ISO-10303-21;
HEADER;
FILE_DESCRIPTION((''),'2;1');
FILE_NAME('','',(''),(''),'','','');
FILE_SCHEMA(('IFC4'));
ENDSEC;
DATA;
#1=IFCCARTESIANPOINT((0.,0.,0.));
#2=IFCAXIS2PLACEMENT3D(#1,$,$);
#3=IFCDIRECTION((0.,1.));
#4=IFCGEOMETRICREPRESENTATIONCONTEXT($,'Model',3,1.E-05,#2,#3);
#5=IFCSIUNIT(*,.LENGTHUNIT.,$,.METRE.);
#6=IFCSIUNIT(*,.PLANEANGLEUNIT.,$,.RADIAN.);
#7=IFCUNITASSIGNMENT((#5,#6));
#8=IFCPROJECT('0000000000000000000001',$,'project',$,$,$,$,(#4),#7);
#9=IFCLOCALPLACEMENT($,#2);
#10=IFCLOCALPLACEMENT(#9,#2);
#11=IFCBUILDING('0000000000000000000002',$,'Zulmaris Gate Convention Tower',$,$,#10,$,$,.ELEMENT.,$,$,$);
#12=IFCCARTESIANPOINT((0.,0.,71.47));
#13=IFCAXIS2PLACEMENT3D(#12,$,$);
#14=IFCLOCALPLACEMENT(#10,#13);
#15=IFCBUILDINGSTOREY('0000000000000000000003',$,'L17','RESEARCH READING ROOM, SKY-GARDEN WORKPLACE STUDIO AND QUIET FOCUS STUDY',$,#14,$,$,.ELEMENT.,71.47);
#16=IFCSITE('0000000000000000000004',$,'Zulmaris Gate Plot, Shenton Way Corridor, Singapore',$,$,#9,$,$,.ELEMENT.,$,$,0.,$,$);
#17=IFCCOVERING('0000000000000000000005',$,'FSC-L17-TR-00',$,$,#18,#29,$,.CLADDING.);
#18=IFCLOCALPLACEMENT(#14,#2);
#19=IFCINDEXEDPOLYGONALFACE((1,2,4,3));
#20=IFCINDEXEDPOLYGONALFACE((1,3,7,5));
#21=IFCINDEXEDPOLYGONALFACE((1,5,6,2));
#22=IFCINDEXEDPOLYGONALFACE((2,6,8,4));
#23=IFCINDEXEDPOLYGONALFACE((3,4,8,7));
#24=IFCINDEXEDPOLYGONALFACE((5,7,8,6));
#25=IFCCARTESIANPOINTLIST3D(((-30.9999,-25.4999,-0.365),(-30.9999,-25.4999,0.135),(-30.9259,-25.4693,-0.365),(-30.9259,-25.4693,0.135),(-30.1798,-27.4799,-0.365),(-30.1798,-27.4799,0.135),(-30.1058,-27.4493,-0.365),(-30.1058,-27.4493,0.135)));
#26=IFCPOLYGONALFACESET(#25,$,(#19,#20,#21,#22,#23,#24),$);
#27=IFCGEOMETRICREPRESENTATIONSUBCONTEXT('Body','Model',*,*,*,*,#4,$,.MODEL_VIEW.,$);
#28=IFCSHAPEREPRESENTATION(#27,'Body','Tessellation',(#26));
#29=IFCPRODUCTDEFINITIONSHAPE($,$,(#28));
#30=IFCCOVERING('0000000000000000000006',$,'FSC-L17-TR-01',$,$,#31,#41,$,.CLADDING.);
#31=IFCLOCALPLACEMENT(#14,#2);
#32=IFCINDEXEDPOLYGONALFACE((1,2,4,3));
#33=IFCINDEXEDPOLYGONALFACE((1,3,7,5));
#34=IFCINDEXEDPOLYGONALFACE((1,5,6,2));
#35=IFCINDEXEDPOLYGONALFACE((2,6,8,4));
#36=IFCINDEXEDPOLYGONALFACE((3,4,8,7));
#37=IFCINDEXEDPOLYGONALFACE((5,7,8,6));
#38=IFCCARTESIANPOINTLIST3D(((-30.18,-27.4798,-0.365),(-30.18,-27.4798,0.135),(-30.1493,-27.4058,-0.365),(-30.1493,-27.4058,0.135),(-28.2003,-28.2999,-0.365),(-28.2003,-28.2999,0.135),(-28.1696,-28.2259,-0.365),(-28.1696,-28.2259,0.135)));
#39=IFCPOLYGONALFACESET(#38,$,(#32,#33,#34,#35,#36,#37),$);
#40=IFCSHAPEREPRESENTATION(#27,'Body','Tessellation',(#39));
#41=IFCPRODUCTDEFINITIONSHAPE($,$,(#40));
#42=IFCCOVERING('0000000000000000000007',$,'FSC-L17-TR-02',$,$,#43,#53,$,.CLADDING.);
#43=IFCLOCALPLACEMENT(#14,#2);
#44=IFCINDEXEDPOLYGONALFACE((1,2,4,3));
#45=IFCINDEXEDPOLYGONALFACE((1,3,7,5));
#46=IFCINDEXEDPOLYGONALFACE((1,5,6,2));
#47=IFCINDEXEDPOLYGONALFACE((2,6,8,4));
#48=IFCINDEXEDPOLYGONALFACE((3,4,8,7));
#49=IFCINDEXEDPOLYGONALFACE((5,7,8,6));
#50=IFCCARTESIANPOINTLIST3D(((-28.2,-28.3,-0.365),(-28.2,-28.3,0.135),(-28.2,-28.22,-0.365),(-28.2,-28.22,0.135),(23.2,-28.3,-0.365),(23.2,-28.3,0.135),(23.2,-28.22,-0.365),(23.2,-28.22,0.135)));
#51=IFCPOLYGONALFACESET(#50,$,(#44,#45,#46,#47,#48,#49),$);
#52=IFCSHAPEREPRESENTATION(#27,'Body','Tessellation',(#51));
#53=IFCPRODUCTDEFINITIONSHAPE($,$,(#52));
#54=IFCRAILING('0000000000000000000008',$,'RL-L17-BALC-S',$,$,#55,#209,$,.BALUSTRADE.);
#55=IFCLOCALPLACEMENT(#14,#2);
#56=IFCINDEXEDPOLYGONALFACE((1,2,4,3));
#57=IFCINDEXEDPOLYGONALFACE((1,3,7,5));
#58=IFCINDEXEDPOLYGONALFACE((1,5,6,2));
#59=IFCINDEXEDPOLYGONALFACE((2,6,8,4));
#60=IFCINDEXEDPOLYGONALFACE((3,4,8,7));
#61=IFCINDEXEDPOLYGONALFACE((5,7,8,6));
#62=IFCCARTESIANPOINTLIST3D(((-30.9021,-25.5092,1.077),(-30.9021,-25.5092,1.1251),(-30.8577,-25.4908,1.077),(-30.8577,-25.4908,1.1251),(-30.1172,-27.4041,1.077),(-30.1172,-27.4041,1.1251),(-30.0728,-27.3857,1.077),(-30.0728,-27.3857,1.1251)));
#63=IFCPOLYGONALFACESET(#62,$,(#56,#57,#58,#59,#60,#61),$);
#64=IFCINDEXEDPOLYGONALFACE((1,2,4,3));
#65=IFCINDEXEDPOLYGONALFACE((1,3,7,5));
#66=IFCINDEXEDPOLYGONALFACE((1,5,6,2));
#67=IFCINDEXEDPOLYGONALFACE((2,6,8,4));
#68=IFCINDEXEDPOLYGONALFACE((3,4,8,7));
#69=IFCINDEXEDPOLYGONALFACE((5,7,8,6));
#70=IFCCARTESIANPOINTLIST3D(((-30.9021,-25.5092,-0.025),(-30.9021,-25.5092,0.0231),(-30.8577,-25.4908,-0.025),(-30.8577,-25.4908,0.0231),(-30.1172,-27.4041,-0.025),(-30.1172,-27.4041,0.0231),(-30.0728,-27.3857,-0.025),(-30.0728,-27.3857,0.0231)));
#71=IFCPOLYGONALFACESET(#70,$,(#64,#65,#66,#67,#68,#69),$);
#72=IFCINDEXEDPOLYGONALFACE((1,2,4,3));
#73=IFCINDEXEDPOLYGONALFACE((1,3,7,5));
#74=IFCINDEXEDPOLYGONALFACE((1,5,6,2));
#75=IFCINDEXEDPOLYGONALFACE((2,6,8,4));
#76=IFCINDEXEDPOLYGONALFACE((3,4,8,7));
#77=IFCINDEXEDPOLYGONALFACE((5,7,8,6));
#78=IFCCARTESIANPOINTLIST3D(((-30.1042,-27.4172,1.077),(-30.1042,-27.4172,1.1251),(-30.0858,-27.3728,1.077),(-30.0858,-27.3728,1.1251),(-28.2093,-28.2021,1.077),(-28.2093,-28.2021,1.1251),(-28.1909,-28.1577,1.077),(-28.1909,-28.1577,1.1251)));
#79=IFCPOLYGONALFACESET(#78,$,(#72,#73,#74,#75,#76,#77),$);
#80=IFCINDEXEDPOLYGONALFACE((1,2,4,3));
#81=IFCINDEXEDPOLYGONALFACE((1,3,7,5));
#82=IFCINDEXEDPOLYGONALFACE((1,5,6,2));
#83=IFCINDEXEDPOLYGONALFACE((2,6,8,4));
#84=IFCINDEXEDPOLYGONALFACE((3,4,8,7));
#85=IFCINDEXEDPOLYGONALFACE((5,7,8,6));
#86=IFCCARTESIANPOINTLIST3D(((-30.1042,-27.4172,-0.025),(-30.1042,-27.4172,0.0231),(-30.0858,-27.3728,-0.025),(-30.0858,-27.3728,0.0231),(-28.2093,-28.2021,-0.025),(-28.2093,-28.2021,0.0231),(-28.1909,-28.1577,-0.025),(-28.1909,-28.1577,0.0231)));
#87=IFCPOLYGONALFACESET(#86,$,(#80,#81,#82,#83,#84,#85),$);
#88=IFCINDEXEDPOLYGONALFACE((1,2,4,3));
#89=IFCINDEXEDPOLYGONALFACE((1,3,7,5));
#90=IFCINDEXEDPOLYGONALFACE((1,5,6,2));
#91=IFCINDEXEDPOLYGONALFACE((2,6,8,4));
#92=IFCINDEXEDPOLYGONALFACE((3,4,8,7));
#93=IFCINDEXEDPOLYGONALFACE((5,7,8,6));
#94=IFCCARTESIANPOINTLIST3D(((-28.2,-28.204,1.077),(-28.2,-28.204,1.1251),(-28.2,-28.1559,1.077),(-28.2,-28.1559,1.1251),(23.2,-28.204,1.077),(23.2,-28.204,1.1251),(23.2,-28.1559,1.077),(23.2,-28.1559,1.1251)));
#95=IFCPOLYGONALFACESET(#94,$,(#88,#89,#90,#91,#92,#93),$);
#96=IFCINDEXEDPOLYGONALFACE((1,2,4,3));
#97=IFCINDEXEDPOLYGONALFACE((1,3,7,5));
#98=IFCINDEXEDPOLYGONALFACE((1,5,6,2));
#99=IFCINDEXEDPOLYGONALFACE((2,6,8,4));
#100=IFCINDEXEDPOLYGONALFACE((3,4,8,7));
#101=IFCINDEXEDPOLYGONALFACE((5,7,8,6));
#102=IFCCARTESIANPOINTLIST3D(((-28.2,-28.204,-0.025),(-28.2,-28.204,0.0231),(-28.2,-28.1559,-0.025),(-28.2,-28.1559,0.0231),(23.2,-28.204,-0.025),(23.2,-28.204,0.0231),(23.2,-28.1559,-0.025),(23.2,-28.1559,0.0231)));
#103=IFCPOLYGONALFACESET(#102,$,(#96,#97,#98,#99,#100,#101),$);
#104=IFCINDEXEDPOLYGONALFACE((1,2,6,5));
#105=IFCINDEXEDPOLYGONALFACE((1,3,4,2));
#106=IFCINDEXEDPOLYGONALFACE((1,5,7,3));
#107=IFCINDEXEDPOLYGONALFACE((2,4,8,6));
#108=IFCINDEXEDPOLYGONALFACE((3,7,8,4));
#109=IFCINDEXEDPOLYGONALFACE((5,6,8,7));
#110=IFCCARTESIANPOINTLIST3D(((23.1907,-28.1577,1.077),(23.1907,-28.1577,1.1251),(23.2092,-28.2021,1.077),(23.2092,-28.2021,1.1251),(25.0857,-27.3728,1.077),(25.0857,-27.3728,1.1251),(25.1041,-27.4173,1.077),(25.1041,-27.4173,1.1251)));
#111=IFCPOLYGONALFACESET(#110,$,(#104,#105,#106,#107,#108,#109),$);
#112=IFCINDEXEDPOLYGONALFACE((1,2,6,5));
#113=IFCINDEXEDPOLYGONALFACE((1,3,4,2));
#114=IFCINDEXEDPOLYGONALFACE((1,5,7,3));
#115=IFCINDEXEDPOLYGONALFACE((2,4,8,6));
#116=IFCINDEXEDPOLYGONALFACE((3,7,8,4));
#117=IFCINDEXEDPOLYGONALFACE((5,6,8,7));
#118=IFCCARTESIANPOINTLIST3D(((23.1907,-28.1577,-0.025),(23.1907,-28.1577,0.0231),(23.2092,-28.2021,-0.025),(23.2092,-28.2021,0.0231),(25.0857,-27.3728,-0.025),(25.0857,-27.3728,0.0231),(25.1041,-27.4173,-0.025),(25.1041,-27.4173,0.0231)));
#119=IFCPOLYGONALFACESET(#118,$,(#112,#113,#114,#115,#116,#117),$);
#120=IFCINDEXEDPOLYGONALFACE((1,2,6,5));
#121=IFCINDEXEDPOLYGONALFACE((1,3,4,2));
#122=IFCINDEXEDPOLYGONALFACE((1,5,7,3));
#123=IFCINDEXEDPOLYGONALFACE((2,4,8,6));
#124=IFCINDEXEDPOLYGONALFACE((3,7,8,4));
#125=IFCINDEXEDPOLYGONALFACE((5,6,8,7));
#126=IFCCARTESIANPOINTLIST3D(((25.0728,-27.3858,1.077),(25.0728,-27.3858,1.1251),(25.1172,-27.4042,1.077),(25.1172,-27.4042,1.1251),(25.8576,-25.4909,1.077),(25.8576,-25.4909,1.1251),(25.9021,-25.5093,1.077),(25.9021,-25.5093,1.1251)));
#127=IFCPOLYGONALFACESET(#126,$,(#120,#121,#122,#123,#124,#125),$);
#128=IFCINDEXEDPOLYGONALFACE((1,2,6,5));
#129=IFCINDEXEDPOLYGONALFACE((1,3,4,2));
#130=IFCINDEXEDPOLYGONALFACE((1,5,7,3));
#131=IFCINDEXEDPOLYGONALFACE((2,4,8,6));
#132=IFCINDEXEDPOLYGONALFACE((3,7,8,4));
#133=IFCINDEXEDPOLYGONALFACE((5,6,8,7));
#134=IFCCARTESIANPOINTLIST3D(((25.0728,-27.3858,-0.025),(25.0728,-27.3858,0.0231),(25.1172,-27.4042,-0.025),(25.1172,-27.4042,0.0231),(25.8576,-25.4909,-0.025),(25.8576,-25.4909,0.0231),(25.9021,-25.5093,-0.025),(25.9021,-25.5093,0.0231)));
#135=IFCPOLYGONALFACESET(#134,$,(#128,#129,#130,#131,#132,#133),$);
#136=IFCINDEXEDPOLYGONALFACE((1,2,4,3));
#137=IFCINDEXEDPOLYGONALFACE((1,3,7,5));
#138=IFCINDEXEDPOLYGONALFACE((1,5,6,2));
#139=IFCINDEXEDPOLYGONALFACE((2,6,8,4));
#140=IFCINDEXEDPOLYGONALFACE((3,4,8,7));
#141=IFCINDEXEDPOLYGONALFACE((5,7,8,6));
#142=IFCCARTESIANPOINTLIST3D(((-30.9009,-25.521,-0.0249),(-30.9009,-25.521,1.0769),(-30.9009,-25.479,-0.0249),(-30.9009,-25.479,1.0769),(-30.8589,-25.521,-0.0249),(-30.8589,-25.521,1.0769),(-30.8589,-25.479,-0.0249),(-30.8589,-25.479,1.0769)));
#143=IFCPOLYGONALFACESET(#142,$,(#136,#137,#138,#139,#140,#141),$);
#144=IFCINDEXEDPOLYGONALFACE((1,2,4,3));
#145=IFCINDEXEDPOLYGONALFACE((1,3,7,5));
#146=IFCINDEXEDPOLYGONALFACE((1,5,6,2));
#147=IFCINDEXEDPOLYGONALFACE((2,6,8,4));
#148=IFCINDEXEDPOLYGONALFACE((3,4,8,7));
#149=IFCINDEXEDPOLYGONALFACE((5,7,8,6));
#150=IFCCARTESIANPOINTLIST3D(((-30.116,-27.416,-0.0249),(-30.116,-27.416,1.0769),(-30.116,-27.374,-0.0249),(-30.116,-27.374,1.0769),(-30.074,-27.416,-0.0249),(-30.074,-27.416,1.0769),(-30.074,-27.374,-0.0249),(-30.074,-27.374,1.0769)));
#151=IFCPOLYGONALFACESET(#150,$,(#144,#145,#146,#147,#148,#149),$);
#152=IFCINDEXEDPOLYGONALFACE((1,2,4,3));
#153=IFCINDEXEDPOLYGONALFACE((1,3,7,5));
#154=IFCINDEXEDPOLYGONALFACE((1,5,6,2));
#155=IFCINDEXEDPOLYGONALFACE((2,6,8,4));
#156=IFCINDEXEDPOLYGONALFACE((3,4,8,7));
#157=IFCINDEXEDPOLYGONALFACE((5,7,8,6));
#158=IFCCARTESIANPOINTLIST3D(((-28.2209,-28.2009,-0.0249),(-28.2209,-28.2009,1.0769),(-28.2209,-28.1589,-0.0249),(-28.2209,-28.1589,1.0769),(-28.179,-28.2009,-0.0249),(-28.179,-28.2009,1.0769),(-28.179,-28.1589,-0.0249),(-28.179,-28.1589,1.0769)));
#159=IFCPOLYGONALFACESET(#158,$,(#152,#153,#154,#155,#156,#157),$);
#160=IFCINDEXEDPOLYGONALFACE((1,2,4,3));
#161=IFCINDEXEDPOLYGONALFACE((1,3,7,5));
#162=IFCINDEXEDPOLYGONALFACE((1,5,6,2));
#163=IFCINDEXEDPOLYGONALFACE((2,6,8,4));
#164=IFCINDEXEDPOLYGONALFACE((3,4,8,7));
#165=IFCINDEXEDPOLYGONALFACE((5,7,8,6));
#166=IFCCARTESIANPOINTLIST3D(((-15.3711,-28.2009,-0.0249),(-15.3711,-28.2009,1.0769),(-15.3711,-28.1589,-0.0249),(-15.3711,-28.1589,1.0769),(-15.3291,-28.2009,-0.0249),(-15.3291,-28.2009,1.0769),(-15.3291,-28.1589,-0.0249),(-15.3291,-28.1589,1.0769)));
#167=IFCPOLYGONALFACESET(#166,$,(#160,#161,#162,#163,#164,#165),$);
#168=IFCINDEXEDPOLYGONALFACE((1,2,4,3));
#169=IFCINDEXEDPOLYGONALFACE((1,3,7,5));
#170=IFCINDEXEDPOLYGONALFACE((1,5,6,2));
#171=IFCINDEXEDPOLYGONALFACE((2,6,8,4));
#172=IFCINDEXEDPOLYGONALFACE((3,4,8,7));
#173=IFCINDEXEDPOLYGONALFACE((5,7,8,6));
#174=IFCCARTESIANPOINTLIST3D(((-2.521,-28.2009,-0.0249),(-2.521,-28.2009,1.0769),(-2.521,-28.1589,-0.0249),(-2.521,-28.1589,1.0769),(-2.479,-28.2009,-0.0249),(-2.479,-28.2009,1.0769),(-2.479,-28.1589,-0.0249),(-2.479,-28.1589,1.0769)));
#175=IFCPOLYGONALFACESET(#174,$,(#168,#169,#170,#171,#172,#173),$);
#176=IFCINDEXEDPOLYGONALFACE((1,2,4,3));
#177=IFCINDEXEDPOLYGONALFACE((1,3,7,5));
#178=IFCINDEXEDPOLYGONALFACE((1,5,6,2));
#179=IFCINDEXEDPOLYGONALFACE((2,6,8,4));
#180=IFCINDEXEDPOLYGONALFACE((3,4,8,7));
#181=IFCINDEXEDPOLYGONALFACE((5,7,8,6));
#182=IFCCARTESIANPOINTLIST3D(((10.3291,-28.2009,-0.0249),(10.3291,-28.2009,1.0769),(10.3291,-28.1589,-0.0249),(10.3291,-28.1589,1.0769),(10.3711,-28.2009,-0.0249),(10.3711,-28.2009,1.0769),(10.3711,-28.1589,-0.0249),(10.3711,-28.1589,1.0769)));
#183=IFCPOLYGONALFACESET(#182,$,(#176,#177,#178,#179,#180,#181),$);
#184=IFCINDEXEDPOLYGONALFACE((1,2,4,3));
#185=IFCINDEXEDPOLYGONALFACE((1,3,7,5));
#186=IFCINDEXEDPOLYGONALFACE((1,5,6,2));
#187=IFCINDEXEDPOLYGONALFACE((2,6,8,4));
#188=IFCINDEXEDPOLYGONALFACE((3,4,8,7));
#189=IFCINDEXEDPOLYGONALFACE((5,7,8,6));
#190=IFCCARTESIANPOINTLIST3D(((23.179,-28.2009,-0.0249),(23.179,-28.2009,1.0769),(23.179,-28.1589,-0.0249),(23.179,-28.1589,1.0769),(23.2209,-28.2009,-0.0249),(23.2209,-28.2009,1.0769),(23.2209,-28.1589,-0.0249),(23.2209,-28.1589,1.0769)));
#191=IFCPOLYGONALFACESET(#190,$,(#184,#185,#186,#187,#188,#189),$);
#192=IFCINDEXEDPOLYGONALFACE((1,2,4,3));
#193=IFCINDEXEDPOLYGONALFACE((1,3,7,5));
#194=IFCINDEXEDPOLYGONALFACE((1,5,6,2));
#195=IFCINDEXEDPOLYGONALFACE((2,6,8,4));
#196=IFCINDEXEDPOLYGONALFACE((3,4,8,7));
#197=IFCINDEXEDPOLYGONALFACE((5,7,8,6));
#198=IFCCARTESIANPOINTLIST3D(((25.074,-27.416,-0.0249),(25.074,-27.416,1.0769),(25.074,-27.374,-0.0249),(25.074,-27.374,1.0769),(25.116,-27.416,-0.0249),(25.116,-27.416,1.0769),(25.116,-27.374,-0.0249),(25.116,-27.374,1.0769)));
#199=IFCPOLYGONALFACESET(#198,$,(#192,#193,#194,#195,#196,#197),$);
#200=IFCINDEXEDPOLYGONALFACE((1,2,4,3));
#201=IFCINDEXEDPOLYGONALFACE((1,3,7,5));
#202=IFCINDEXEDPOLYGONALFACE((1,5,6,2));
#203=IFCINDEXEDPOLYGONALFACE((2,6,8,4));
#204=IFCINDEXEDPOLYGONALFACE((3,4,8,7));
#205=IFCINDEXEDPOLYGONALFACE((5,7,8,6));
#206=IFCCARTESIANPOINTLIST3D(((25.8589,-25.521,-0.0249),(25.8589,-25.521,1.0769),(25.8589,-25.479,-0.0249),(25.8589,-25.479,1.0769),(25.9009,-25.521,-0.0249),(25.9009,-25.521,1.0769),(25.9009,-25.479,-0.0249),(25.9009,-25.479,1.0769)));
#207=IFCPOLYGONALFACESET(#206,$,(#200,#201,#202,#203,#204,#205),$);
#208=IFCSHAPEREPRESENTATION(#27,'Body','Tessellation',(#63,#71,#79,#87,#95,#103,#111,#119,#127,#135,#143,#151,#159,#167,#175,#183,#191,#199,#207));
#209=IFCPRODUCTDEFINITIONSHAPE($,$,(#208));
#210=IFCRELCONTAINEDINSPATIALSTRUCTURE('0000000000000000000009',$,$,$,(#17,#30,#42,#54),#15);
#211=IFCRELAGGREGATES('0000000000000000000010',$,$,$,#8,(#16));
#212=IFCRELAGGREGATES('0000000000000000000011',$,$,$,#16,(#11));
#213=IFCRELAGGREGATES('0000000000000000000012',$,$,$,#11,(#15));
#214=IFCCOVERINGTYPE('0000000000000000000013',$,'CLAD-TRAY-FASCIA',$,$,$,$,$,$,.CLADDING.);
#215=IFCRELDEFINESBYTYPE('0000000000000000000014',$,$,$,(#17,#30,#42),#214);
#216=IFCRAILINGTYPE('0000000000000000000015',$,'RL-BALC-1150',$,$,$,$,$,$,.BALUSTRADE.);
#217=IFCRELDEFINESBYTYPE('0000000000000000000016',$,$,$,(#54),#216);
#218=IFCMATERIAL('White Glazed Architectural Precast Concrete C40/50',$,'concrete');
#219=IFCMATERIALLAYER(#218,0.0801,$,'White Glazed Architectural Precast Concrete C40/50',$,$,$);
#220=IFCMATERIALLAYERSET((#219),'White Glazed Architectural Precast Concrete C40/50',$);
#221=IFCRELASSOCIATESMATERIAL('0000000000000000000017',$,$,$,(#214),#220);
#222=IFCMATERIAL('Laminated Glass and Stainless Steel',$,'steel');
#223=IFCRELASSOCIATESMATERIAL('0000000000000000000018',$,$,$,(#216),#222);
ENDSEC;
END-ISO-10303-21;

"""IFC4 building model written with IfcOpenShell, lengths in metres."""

from ifc_helpers import new_model, si_unit, direction, frame, frame_2d, origin, origin_2d, place, context, subcontext, project, spatial, rectangle, extrude, material, layer, layer_set, type_object, element, save


model = new_model("IFC4")

# Units and contexts
model_context = context("Model", 3, precision=1e-05, world=origin(), true_north=direction((0.0, 1.0)))
body_context = subcontext(model_context, "Body", "Model", "MODEL_VIEW")
ifc_project = project(units=[si_unit("LENGTHUNIT", "METRE"), si_unit("PLANEANGLEUNIT", "RADIAN")], contexts=[model_context])

# Site, building, storey
site_placement = place(None, origin())
site = spatial("IfcSite", under=ifc_project, at=site_placement, Name="Zulmaris Gate Plot, Shenton Way Corridor, Singapore", CompositionType="ELEMENT", RefElevation=0.0)
building_placement = place(site_placement, origin())
building = spatial("IfcBuilding", under=site, at=building_placement, Name="Zulmaris Gate Convention Tower", CompositionType="ELEMENT")
storey_placement = place(building_placement, frame((0.0, 0.0, 71.47)))
storey = spatial("IfcBuildingStorey", under=building, at=storey_placement, Name="L17", Description="RESEARCH READING ROOM, SKY-GARDEN WORKPLACE STUDIO AND QUIET FOCUS STUDY", CompositionType="ELEMENT", Elevation=71.47)

# Coverings
ifc_material_1 = material(Name="White Glazed Architectural Precast Concrete C40/50", Category="concrete")
ifc_layer_1 = layer(ifc_material_1, 0.0801, Name="White Glazed Architectural Precast Concrete C40/50")
ifc_layer_set_1 = layer_set([ifc_layer_1], Name="White Glazed Architectural Precast Concrete C40/50")
covering_type_1 = type_object("IfcCoveringType", Name="CLAD-TRAY-FASCIA", PredefinedType="CLADDING", material=ifc_layer_set_1)
covering_1_placement = place(storey_placement, frame((-30.9629, -25.4846, -0.365), z_axis=(0.0, 0.0, 1.0), x_axis=(0.382657, -0.92389, 0.0)))
element("IfcCovering", 1, at=covering_1_placement, inside=storey, type_object=covering_type_1, Name="FSC-L17-TR-00", PredefinedType="CLADDING", context=body_context, shape_type="SweptSolid", body=[
    extrude(rectangle(XDim=2.1431, YDim=0.0801, at=frame_2d((1.0715, 0.0))), origin(), (0.0, 0.0, 1.0), 0.5),
])
covering_2_placement = place(storey_placement, frame((-30.1646, -27.4429, -0.365), z_axis=(0.0, 0.0, 1.0), x_axis=(0.923874, -0.382697, 0.0)))
element("IfcCovering", 2, at=covering_2_placement, inside=storey, type_object=covering_type_1, Name="FSC-L17-TR-01", PredefinedType="CLADDING", context=body_context, shape_type="SweptSolid", body=[
    extrude(rectangle(XDim=2.1428, YDim=0.0801, at=frame_2d((1.0713, 0.0))), origin(), (0.0, 0.0, 1.0), 0.5),
])
covering_3_placement = place(storey_placement, frame((-28.2, -28.26, -0.365), z_axis=(0.0, 0.0, 1.0), x_axis=(1.0, 0.0, 0.0)))
element("IfcCovering", 3, at=covering_3_placement, inside=storey, type_object=covering_type_1, Name="FSC-L17-TR-02", PredefinedType="CLADDING", context=body_context, shape_type="SweptSolid", body=[
    extrude(rectangle(XDim=51.3999, YDim=0.0801, at=frame_2d((25.7, 0.0))), origin(), (0.0, 0.0, 1.0), 0.5),
])

# Railing
ifc_material_2 = material(Name="Laminated Glass and Stainless Steel", Category="steel")
railing_type = type_object("IfcRailingType", Name="RL-BALC-1150", PredefinedType="BALUSTRADE", material=ifc_material_2)
railing_placement = place(storey_placement, frame((-30.8799, -25.5, -0.0249)))
element("IfcRailing", 4, at=railing_placement, inside=storey, type_object=railing_type, Name="RL-L17-BALC-S", PredefinedType="BALUSTRADE", context=body_context, shape_type="SweptSolid", body=[
    extrude(rectangle(XDim=0.0481, YDim=0.0481, at=origin_2d()), frame((0.0, 0.0, 1.126), z_axis=(0.382671, -0.923885, 0.0), x_axis=(0.923885, 0.382671, 0.0)), (0.0, 0.0, 1.0), 2.051),
    extrude(rectangle(XDim=0.0481, YDim=0.0481, at=origin_2d()), frame((0.0, 0.0, 0.0239), z_axis=(0.382671, -0.923885, 0.0), x_axis=(0.923885, 0.382671, 0.0)), (0.0, 0.0, 1.0), 2.051),
    extrude(rectangle(XDim=0.0481, YDim=0.0481, at=origin_2d()), frame((0.7849, -1.895, 1.126), z_axis=(0.923885, -0.382671, 0.0), x_axis=(0.382671, 0.923885, 0.0)), (0.0, 0.0, 1.0), 2.051),
    extrude(rectangle(XDim=0.0481, YDim=0.0481, at=origin_2d()), frame((0.7849, -1.895, 0.0239), z_axis=(0.923885, -0.382671, 0.0), x_axis=(0.382671, 0.923885, 0.0)), (0.0, 0.0, 1.0), 2.051),
    extrude(rectangle(XDim=0.0481, YDim=0.0481, at=origin_2d()), frame((2.6799, -2.6799, 1.126), z_axis=(1.0, 0.0, 0.0), x_axis=(0.0, 1.0, 0.0)), (0.0, 0.0, 1.0), 51.3999),
    extrude(rectangle(XDim=0.0481, YDim=0.0481, at=origin_2d()), frame((2.6799, -2.6799, 0.0239), z_axis=(1.0, 0.0, 0.0), x_axis=(0.0, 1.0, 0.0)), (0.0, 0.0, 1.0), 51.3999),
    extrude(rectangle(XDim=0.0481, YDim=0.0481, at=origin_2d()), frame((54.0798, -2.6799, 1.126), z_axis=(0.923885, 0.382671, 0.0), x_axis=(-0.382671, 0.923885, 0.0)), (0.0, 0.0, 1.0), 2.051),
    extrude(rectangle(XDim=0.0481, YDim=0.0481, at=origin_2d()), frame((54.0798, -2.6799, 0.0239), z_axis=(0.923885, 0.382671, 0.0), x_axis=(-0.382671, 0.923885, 0.0)), (0.0, 0.0, 1.0), 2.051),
    extrude(rectangle(XDim=0.0481, YDim=0.0481, at=origin_2d()), frame((55.9749, -1.895, 1.126), z_axis=(0.382671, 0.923885, 0.0), x_axis=(-0.923885, 0.382671, 0.0)), (0.0, 0.0, 1.0), 2.051),
    extrude(rectangle(XDim=0.0481, YDim=0.0481, at=origin_2d()), frame((55.9749, -1.895, 0.0239), z_axis=(0.382671, 0.923885, 0.0), x_axis=(-0.923885, 0.382671, 0.0)), (0.0, 0.0, 1.0), 2.051),
    extrude(rectangle(XDim=0.042, YDim=0.042, at=origin_2d()), origin(), (0.0, 0.0, 1.0), 1.1018),
    extrude(rectangle(XDim=0.042, YDim=0.042, at=origin_2d()), frame((0.7849, -1.895, 0.0)), (0.0, 0.0, 1.0), 1.1018),
    extrude(rectangle(XDim=0.042, YDim=0.042, at=origin_2d()), frame((2.6799, -2.6799, 0.0)), (0.0, 0.0, 1.0), 1.1018),
    extrude(rectangle(XDim=0.042, YDim=0.042, at=origin_2d()), frame((15.5298, -2.6799, 0.0)), (0.0, 0.0, 1.0), 1.1018),
    extrude(rectangle(XDim=0.042, YDim=0.042, at=origin_2d()), frame((28.3799, -2.6799, 0.0)), (0.0, 0.0, 1.0), 1.1018),
    extrude(rectangle(XDim=0.042, YDim=0.042, at=origin_2d()), frame((41.23, -2.6799, 0.0)), (0.0, 0.0, 1.0), 1.1018),
    extrude(rectangle(XDim=0.042, YDim=0.042, at=origin_2d()), frame((54.0798, -2.6799, 0.0)), (0.0, 0.0, 1.0), 1.1018),
    extrude(rectangle(XDim=0.042, YDim=0.042, at=origin_2d()), frame((55.9749, -1.895, 0.0)), (0.0, 0.0, 1.0), 1.1018),
    extrude(rectangle(XDim=0.042, YDim=0.042, at=origin_2d()), frame((56.7598, 0.0, 0.0)), (0.0, 0.0, 1.0), 1.1018),
])

save(model, "model.ifc")
